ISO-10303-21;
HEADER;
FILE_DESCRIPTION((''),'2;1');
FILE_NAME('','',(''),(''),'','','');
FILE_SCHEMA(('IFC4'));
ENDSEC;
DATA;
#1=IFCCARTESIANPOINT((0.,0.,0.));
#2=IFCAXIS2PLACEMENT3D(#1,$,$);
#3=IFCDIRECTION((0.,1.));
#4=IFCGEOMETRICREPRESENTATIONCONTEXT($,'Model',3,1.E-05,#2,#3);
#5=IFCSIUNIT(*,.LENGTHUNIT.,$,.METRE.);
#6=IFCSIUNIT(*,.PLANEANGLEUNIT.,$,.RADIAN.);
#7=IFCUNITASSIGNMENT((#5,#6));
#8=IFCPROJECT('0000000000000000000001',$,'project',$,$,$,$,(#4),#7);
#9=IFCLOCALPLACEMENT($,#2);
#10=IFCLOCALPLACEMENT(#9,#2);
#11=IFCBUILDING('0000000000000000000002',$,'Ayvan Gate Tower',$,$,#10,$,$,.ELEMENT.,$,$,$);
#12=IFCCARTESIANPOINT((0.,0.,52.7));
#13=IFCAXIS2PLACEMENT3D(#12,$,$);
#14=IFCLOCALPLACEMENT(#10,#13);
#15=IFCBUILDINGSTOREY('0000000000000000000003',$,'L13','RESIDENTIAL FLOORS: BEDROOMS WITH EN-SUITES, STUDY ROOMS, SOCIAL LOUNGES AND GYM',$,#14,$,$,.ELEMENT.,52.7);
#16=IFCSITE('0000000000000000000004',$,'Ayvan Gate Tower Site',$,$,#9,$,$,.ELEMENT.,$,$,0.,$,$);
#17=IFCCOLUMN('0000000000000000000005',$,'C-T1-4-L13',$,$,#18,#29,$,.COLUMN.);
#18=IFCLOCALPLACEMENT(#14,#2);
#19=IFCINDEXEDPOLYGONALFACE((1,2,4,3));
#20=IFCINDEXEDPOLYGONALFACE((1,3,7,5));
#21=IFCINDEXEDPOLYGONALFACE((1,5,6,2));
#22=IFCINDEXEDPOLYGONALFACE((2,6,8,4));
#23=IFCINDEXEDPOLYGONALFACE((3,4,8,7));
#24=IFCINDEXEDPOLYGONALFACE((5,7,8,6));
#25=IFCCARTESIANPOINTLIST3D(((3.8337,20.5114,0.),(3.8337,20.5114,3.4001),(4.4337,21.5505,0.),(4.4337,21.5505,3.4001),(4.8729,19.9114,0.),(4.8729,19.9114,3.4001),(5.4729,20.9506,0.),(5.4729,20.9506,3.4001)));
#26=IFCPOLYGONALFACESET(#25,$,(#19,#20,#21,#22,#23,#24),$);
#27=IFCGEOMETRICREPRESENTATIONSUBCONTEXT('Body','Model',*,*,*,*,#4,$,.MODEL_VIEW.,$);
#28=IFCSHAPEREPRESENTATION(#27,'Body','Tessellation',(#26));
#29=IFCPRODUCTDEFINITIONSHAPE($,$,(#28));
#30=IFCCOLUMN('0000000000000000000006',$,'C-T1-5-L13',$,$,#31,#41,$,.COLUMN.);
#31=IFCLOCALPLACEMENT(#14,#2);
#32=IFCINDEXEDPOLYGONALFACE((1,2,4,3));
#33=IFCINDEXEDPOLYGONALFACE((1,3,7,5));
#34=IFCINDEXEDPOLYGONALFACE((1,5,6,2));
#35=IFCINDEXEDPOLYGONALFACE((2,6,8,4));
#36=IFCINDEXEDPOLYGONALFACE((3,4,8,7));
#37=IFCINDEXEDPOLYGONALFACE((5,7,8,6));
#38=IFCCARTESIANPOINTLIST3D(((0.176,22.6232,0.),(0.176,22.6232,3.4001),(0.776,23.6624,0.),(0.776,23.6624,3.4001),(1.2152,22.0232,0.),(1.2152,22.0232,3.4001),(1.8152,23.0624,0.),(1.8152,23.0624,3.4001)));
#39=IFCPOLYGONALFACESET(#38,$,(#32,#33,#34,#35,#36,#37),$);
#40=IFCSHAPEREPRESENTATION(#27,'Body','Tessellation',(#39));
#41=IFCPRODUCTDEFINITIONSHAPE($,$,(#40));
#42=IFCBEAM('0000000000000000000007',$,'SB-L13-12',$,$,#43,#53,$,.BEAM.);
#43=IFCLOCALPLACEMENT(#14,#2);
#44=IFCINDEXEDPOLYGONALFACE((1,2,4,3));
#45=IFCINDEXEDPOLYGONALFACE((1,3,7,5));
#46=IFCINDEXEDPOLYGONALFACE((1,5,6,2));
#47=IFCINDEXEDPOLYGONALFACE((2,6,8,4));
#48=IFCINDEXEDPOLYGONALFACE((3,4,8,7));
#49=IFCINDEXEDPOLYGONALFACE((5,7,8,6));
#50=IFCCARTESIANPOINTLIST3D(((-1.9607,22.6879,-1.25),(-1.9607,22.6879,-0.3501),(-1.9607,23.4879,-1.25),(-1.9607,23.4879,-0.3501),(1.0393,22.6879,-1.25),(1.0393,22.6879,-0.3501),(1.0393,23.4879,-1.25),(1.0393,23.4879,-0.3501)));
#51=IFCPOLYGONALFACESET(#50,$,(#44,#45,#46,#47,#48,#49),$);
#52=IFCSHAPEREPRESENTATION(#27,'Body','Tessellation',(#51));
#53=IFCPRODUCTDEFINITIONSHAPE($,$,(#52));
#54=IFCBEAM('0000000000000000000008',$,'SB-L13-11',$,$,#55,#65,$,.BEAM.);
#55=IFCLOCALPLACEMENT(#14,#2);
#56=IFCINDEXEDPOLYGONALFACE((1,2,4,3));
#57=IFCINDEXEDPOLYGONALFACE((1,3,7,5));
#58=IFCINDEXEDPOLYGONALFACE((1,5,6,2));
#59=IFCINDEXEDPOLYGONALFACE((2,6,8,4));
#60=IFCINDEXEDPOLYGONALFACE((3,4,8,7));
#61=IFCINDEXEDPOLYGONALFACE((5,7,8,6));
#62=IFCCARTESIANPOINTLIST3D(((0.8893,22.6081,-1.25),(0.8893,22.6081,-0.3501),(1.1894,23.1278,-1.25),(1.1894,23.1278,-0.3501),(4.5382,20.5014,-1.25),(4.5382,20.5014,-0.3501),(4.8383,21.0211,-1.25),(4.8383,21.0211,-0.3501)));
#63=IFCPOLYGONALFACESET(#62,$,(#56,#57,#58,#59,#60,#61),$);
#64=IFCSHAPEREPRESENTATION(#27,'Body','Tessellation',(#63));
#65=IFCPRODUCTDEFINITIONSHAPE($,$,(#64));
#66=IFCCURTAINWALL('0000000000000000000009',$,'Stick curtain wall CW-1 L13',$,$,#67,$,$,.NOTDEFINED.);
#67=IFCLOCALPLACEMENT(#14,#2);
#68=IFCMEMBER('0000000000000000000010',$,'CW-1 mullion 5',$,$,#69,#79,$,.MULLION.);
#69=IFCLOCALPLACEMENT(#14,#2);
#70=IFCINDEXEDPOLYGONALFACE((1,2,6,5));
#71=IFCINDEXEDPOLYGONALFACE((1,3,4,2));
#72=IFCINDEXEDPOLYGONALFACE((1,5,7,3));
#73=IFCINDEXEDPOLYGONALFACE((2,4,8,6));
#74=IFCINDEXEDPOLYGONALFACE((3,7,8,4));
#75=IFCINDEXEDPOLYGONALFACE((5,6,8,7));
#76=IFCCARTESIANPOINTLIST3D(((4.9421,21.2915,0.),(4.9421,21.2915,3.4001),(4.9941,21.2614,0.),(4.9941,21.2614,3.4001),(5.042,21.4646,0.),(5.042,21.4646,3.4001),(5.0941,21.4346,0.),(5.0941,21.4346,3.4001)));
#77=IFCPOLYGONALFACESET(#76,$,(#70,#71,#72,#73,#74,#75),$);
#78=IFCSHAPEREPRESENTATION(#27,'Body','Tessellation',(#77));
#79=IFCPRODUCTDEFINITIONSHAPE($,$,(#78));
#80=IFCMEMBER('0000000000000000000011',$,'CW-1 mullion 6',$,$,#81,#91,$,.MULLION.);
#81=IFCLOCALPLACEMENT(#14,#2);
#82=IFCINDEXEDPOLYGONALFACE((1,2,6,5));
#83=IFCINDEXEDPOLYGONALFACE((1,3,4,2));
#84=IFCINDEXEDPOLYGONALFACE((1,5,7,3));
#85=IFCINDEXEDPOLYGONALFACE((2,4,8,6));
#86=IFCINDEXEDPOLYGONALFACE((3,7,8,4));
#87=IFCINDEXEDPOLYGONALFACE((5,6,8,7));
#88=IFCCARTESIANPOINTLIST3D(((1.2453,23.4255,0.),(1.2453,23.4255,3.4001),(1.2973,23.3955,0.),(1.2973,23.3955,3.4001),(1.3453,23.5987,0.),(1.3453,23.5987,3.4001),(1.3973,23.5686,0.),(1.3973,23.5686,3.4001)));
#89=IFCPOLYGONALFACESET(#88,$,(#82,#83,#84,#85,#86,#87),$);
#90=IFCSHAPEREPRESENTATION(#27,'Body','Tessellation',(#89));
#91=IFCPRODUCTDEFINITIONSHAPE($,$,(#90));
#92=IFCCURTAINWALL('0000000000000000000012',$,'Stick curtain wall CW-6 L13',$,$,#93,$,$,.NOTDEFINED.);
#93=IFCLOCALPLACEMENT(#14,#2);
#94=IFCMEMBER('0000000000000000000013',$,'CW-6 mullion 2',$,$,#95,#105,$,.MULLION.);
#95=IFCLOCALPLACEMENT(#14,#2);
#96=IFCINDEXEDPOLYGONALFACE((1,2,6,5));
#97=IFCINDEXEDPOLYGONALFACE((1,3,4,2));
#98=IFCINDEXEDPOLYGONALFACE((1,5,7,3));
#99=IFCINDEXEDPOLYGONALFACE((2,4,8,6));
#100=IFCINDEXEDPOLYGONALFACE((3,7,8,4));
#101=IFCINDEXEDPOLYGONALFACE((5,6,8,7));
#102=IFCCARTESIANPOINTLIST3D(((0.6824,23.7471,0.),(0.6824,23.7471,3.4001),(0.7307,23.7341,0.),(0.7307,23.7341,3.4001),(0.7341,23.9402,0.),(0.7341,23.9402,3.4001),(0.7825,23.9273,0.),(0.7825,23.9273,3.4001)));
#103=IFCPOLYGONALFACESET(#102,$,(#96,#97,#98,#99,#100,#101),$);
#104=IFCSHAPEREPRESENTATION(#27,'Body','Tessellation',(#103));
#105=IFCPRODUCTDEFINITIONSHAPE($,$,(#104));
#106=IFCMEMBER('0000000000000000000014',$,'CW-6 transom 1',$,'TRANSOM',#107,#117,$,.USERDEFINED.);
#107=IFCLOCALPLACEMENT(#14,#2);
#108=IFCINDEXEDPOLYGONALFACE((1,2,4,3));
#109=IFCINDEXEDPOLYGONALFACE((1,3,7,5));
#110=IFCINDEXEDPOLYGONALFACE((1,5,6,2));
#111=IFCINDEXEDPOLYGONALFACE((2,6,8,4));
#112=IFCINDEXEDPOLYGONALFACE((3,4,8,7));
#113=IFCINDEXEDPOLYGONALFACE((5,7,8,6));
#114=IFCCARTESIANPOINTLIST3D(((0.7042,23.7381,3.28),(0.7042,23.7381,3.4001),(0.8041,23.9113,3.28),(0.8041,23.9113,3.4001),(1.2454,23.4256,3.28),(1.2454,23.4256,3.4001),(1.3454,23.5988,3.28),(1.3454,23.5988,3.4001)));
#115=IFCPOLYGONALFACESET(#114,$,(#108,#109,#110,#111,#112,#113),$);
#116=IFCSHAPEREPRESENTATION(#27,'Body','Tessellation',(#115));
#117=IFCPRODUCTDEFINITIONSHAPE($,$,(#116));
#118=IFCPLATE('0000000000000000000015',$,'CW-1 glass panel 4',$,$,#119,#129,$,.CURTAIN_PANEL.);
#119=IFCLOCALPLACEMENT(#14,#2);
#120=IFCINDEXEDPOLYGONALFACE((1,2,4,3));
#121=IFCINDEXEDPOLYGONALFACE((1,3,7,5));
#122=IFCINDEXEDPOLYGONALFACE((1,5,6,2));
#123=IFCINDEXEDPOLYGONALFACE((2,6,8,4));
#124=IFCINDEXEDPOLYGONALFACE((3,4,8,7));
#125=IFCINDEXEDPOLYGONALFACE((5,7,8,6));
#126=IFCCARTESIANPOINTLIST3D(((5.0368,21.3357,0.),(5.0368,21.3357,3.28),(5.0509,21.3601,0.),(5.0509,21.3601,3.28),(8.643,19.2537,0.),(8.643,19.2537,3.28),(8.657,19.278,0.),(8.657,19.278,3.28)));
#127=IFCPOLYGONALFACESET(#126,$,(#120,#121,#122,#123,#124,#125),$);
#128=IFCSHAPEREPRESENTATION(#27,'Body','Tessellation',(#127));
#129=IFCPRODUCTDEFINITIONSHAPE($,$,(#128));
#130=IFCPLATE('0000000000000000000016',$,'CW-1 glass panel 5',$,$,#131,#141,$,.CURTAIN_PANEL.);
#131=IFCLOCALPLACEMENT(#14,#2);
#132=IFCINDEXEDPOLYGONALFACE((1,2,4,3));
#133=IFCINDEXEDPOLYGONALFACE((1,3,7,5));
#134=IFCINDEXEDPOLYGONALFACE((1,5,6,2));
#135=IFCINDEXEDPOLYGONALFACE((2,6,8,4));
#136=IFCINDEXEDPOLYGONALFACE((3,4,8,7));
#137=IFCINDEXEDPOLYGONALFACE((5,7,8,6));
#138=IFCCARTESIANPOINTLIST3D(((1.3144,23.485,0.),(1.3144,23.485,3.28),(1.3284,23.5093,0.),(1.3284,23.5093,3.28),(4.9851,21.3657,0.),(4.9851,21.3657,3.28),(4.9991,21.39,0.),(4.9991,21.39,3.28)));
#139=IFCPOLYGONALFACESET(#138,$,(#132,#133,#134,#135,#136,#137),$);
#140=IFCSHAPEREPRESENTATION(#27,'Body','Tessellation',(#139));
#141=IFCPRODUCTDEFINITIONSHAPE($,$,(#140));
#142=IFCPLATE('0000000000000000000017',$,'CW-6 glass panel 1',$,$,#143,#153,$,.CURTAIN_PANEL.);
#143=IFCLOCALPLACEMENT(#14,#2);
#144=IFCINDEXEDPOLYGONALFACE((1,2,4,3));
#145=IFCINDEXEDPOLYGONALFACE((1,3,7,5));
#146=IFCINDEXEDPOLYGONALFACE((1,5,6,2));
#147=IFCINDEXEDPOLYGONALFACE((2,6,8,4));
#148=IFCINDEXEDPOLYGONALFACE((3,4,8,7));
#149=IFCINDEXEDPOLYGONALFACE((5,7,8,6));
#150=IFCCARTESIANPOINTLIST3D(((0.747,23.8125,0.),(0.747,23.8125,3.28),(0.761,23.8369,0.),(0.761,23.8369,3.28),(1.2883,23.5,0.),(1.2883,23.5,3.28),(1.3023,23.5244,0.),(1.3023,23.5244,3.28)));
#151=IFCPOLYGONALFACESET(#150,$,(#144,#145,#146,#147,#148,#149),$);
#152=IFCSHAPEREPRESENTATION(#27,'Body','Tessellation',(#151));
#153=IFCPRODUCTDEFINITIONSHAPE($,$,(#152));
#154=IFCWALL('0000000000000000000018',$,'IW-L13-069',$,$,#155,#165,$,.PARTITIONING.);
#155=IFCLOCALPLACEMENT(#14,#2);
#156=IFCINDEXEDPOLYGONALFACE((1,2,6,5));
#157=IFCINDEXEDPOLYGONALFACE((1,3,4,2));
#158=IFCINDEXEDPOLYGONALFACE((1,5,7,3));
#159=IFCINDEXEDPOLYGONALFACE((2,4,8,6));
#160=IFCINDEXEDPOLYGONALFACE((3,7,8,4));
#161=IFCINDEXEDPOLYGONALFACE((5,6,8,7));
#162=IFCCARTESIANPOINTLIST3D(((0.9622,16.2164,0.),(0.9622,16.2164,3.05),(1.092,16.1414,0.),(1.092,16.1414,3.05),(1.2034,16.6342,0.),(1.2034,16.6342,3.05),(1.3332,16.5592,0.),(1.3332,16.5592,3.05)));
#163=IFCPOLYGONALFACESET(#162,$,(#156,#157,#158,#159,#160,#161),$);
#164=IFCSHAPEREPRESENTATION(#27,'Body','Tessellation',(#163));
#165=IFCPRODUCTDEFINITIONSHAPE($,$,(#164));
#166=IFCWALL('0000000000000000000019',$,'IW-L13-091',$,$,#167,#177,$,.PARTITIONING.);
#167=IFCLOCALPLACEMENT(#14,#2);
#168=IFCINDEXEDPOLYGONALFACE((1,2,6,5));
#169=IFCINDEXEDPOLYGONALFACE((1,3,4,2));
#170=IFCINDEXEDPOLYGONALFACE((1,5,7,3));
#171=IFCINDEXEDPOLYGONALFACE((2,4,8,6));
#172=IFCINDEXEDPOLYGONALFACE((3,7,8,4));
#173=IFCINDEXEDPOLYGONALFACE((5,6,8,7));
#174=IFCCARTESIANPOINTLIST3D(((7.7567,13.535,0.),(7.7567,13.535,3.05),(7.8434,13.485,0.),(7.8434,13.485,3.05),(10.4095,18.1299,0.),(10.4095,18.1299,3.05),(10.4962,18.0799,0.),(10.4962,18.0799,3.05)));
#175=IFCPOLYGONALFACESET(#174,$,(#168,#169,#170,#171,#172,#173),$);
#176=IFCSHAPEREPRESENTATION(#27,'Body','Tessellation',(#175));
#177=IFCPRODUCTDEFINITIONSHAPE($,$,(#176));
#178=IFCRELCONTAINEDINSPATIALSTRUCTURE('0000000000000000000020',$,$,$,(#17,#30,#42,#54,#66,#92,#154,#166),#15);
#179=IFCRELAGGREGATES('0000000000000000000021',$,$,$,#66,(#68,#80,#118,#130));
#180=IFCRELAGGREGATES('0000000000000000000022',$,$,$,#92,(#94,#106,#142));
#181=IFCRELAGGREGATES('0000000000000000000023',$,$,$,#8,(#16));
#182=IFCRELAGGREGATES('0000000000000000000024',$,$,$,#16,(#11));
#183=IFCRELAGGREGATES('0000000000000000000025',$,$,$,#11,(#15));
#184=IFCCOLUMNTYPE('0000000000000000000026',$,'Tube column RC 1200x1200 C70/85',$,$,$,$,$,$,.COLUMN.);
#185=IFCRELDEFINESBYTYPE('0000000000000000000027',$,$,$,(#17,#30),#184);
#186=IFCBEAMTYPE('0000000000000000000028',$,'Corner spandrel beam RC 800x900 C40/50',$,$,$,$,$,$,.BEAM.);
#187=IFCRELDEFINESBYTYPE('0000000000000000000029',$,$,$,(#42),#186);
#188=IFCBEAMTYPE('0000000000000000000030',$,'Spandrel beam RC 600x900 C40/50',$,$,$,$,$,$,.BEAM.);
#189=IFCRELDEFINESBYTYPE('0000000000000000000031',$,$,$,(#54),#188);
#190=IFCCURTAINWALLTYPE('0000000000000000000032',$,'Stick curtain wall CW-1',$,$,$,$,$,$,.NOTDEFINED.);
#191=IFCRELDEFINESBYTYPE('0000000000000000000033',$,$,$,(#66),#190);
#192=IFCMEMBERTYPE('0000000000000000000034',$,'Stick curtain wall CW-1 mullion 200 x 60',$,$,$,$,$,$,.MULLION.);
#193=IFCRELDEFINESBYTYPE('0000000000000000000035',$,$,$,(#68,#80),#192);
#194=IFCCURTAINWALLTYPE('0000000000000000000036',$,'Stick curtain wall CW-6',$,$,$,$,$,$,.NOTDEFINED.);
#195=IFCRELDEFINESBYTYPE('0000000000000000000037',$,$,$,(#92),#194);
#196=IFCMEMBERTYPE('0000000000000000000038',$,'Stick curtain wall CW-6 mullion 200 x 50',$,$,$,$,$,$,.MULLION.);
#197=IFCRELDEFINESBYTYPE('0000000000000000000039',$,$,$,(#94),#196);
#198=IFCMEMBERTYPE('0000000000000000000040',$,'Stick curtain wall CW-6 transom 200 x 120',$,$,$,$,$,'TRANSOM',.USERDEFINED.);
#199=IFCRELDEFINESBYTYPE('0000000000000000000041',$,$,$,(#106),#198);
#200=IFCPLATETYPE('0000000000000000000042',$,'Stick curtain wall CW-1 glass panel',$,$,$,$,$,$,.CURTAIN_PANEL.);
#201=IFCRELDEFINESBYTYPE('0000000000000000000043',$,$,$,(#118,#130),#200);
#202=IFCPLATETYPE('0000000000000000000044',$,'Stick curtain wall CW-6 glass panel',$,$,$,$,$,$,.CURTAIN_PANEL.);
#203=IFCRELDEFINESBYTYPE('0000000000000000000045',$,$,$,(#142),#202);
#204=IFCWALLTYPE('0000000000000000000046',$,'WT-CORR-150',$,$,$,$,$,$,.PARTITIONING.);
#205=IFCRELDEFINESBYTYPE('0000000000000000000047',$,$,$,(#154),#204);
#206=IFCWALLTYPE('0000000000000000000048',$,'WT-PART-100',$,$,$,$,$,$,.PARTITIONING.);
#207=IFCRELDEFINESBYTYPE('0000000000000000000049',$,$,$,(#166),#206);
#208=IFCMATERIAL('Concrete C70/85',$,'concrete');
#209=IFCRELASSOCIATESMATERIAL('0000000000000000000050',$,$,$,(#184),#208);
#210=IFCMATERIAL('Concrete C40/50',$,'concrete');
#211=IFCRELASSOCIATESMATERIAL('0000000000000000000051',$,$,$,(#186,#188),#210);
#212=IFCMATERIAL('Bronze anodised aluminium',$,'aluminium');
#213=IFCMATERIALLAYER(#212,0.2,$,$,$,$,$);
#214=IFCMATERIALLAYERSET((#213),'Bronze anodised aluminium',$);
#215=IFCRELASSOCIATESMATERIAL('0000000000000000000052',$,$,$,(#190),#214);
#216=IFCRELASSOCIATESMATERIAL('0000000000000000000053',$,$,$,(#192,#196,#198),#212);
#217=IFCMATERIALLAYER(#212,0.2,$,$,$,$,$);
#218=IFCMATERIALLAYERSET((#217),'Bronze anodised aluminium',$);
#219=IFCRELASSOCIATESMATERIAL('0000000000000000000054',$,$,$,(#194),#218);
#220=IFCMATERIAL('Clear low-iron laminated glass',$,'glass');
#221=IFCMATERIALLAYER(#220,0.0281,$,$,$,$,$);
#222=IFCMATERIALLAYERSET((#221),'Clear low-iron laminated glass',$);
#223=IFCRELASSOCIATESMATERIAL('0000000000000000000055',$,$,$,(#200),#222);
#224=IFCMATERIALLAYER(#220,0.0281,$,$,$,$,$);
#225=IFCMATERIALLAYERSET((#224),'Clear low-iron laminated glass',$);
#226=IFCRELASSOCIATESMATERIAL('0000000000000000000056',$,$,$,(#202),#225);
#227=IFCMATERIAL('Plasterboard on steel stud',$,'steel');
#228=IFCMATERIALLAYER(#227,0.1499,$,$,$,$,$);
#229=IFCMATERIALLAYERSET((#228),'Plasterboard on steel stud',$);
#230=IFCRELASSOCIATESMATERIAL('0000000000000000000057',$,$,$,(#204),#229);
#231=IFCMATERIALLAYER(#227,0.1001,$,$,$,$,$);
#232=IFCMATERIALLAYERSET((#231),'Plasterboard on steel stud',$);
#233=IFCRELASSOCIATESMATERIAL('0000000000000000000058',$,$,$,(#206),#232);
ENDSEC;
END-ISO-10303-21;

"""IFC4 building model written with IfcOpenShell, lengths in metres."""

from ifc_helpers import new_model, si_unit, direction, frame, frame_2d, origin, origin_2d, place, context, subcontext, project, spatial, rectangle, extrude, material, layer, layer_set, material_profile, profile_set, type_object, element, aggregate, save


model = new_model("IFC4")

# Units and contexts
model_context = context("Model", 3, precision=1e-05, world=origin(), true_north=direction((0.0, 1.0)))
body_context = subcontext(model_context, "Body", "Model", "MODEL_VIEW")
ifc_project = project(units=[si_unit("LENGTHUNIT", "METRE"), si_unit("PLANEANGLEUNIT", "RADIAN")], contexts=[model_context])

# Site, building, storey
site_placement = place(None, origin())
site = spatial("IfcSite", under=ifc_project, at=site_placement, Name="Ayvan Gate Tower Site", CompositionType="ELEMENT", RefElevation=0.0)
building_placement = place(site_placement, origin())
building = spatial("IfcBuilding", under=site, at=building_placement, Name="Ayvan Gate Tower", CompositionType="ELEMENT")
storey_placement = place(building_placement, frame((0.0, 0.0, 52.7)))
storey = spatial("IfcBuildingStorey", under=building, at=storey_placement, Name="L13", Description="RESIDENTIAL FLOORS: BEDROOMS WITH EN-SUITES, STUDY ROOMS, SOCIAL LOUNGES AND GYM", CompositionType="ELEMENT", Elevation=52.7)

# Columns
ifc_material_1 = material(Name="Concrete C70/85", Category="concrete")
ifc_material_profile_1 = material_profile(ifc_material_1, rectangle(XDim=1.2, YDim=1.2, at=origin_2d()), Name="RC 1200x1200")
ifc_profile_set_1 = profile_set([ifc_material_profile_1], Name="Concrete C70/85")
column_type = type_object("IfcColumnType", Name="Tube column RC 1200x1200 C70/85", PredefinedType="COLUMN", material=ifc_profile_set_1)
for number, where, z_axis, x_axis, name in (
    (1, (4.6533, 20.731, 0.0), (0.0, 0.0, 1.0), (0.5, 0.866025, 0.0), "C-T1-4-L13"),
    (2, (0.9956, 22.8428, 0.0), (0.0, 0.0, 1.0), (0.5, 0.866025, 0.0), "C-T1-5-L13"),
):
    element("IfcColumn", number, at=place(storey_placement, frame(where, z_axis=z_axis, x_axis=x_axis)), inside=storey, type_object=column_type, Name=name, PredefinedType="COLUMN", context=body_context, shape_type="SweptSolid", body=[
        extrude(rectangle(XDim=1.2, YDim=1.2, at=origin_2d()), origin(), (0.0, 0.0, 1.0), 3.4001),
    ])

# Beams
ifc_material_2 = material(Name="Concrete C40/50", Category="concrete")
ifc_material_profile_2 = material_profile(ifc_material_2, rectangle(XDim=0.8, YDim=0.8999, at=origin_2d()), Name="RC 800x900")
ifc_profile_set_2 = profile_set([ifc_material_profile_2], Name="Concrete C40/50")
beam_type_1 = type_object("IfcBeamType", Name="Corner spandrel beam RC 800x900 C40/50", PredefinedType="BEAM", material=ifc_profile_set_2)
beam_1_placement = place(storey_placement, frame((1.0393, 23.0879, -0.8), z_axis=(-1.0, 0.0, 0.0), x_axis=(0.0, -1.0, 0.0)))
element("IfcBeam", 3, at=beam_1_placement, inside=storey, type_object=beam_type_1, Name="SB-L13-12", PredefinedType="BEAM", context=body_context, shape_type="SweptSolid", body=[
    extrude(rectangle(XDim=0.8, YDim=0.8999, at=origin_2d()), origin(), (0.0, 0.0, 1.0), 3.0),
])
ifc_material_profile_3 = material_profile(ifc_material_2, rectangle(XDim=0.6001, YDim=0.8999, at=origin_2d()), Name="RC 600x900")
ifc_profile_set_3 = profile_set([ifc_material_profile_3], Name="Concrete C40/50")
beam_type_2 = type_object("IfcBeamType", Name="Spandrel beam RC 600x900 C40/50", PredefinedType="BEAM", material=ifc_profile_set_3)
beam_2_placement = place(storey_placement, frame((4.6882, 20.7612, -0.8), z_axis=(-0.866027, 0.499997, 0.0), x_axis=(-0.499997, -0.866027, 0.0)))
element("IfcBeam", 4, at=beam_2_placement, inside=storey, type_object=beam_type_2, Name="SB-L13-11", PredefinedType="BEAM", context=body_context, shape_type="SweptSolid", body=[
    extrude(rectangle(XDim=0.6001, YDim=0.8999, at=origin_2d()), origin(), (0.0, 0.0, 1.0), 4.2134),
])

# Curtain walls, members
ifc_material_3 = material(Name="Bronze anodised aluminium", Category="aluminium")
ifc_layer_1 = layer(ifc_material_3, 0.2)
ifc_layer_set_1 = layer_set([ifc_layer_1], Name="Bronze anodised aluminium")
curtain_wall_type_1 = type_object("IfcCurtainWallType", Name="Stick curtain wall CW-1", PredefinedType="NOTDEFINED", material=ifc_layer_set_1)
curtain_wall_1_placement = place(storey_placement, origin())
curtain_wall_1 = element("IfcCurtainWall", 5, at=curtain_wall_1_placement, inside=storey, type_object=curtain_wall_type_1, Name="Stick curtain wall CW-1 L13", PredefinedType="NOTDEFINED")
ifc_material_profile_4 = material_profile(ifc_material_3, rectangle(XDim=0.2, YDim=0.0601, at=origin_2d()), Name="Stick curtain wall CW-1 mullion 200 x 60")
ifc_profile_set_4 = profile_set([ifc_material_profile_4], Name="Bronze anodised aluminium")
member_type_1 = type_object("IfcMemberType", Name="Stick curtain wall CW-1 mullion 200 x 60", PredefinedType="MULLION", material=ifc_profile_set_4)
member_1_placement = place(storey_placement, frame((5.0181, 21.363, 0.0), z_axis=(0.0, 0.0, 1.0), x_axis=(0.5, 0.866025, 0.0)))
member_1 = element("IfcMember", 6, at=member_1_placement, type_object=member_type_1, Name="CW-1 mullion 5", PredefinedType="MULLION", context=body_context, shape_type="SweptSolid", body=[
    extrude(rectangle(XDim=0.2, YDim=0.0601, at=origin_2d()), origin(), (0.0, 0.0, 1.0), 3.4001),
])
member_2_placement = place(storey_placement, frame((1.3213, 23.4971, 0.0), z_axis=(0.0, 0.0, 1.0), x_axis=(0.5, 0.866025, 0.0)))
member_2 = element("IfcMember", 7, at=member_2_placement, type_object=member_type_1, Name="CW-1 mullion 6", PredefinedType="MULLION", context=body_context, shape_type="SweptSolid", body=[
    extrude(rectangle(XDim=0.2, YDim=0.0601, at=origin_2d()), origin(), (0.0, 0.0, 1.0), 3.4001),
])
ifc_layer_2 = layer(ifc_material_3, 0.2)
ifc_layer_set_2 = layer_set([ifc_layer_2], Name="Bronze anodised aluminium")
curtain_wall_type_2 = type_object("IfcCurtainWallType", Name="Stick curtain wall CW-6", PredefinedType="NOTDEFINED", material=ifc_layer_set_2)
curtain_wall_2_placement = place(storey_placement, origin())
curtain_wall_2 = element("IfcCurtainWall", 8, at=curtain_wall_2_placement, inside=storey, type_object=curtain_wall_type_2, Name="Stick curtain wall CW-6 L13", PredefinedType="NOTDEFINED")
ifc_material_profile_5 = material_profile(ifc_material_3, rectangle(XDim=0.2, YDim=0.05, at=origin_2d()), Name="Stick curtain wall CW-6 mullion 200 x 50")
ifc_profile_set_5 = profile_set([ifc_material_profile_5], Name="Bronze anodised aluminium")
member_type_2 = type_object("IfcMemberType", Name="Stick curtain wall CW-6 mullion 200 x 50", PredefinedType="MULLION", material=ifc_profile_set_5)
member_3_placement = place(storey_placement, frame((0.7324, 23.8372, 0.0), z_axis=(0.0, 0.0, 1.0), x_axis=(0.258819, 0.965926, 0.0)))
member_3 = element("IfcMember", 9, at=member_3_placement, type_object=member_type_2, Name="CW-6 mullion 2", PredefinedType="MULLION", context=body_context, shape_type="SweptSolid", body=[
    extrude(rectangle(XDim=0.2, YDim=0.05, at=origin_2d()), origin(), (0.0, 0.0, 1.0), 3.4001),
])
ifc_material_profile_6 = material_profile(ifc_material_3, rectangle(XDim=0.2, YDim=0.1201, at=origin_2d()), Name="Stick curtain wall CW-6 transom 200 x 120")
ifc_profile_set_6 = profile_set([ifc_material_profile_6], Name="Bronze anodised aluminium")
member_type_3 = type_object("IfcMemberType", Name="Stick curtain wall CW-6 transom 200 x 120", ElementType="TRANSOM", PredefinedType="USERDEFINED", material=ifc_profile_set_6)
member_4_placement = place(storey_placement, frame((1.2954, 23.5122, 3.3401), z_axis=(-0.866023, 0.500004, 0.0), x_axis=(-0.500004, -0.866023, 0.0)))
member_4 = element("IfcMember", 10, at=member_4_placement, type_object=member_type_3, Name="CW-6 transom 1", ObjectType="TRANSOM", PredefinedType="USERDEFINED", context=body_context, shape_type="SweptSolid", body=[
    extrude(rectangle(XDim=0.2, YDim=0.1201, at=origin_2d()), origin(), (0.0, 0.0, 1.0), 0.625),
])

# Plates
ifc_material_4 = material(Name="Clear low-iron laminated glass", Category="glass")
ifc_layer_3 = layer(ifc_material_4, 0.0281)
ifc_layer_set_3 = layer_set([ifc_layer_3], Name="Clear low-iron laminated glass")
plate_type_1 = type_object("IfcPlateType", Name="Stick curtain wall CW-1 glass panel", PredefinedType="CURTAIN_PANEL", material=ifc_layer_set_3)
plate_1_placement = place(storey_placement, frame((6.8469, 20.3069, 0.0), z_axis=(0.0, 0.0, 1.0), x_axis=(-0.866025, 0.5, 0.0)))
plate_1 = element("IfcPlate", 11, at=plate_1_placement, type_object=plate_type_1, Name="CW-1 glass panel 4", PredefinedType="CURTAIN_PANEL", context=body_context, shape_type="SweptSolid", body=[
    extrude(rectangle(XDim=4.1641, YDim=0.0281, at=origin_2d()), origin(), (0.0, 0.0, 1.0), 3.28),
])
plate_2_placement = place(storey_placement, frame((3.1567, 22.4375, 0.0), z_axis=(0.0, 0.0, 1.0), x_axis=(-0.866025, 0.5, 0.0)))
plate_2 = element("IfcPlate", 12, at=plate_2_placement, type_object=plate_type_1, Name="CW-1 glass panel 5", PredefinedType="CURTAIN_PANEL", context=body_context, shape_type="SweptSolid", body=[
    extrude(rectangle(XDim=4.2385, YDim=0.0281, at=origin_2d()), origin(), (0.0, 0.0, 1.0), 3.28),
])
aggregate(curtain_wall_1, [member_1, member_2, plate_1, plate_2])
ifc_layer_4 = layer(ifc_material_4, 0.0281)
ifc_layer_set_4 = layer_set([ifc_layer_4], Name="Clear low-iron laminated glass")
plate_type_2 = type_object("IfcPlateType", Name="Stick curtain wall CW-6 glass panel", PredefinedType="CURTAIN_PANEL", material=ifc_layer_set_4)
plate_3_placement = place(storey_placement, frame((1.0247, 23.6685, 0.0), z_axis=(0.0, 0.0, 1.0), x_axis=(-0.866025, 0.5, 0.0)))
plate_3 = element("IfcPlate", 13, at=plate_3_placement, type_object=plate_type_2, Name="CW-6 glass panel 1", PredefinedType="CURTAIN_PANEL", context=body_context, shape_type="SweptSolid", body=[
    extrude(rectangle(XDim=0.625, YDim=0.0281, at=origin_2d()), origin(), (0.0, 0.0, 1.0), 3.28),
])
aggregate(curtain_wall_2, [member_3, member_4, plate_3])

# Walls
ifc_material_5 = material(Name="Plasterboard on steel stud", Category="steel")
ifc_layer_5 = layer(ifc_material_5, 0.1499)
ifc_layer_set_5 = layer_set([ifc_layer_5], Name="Plasterboard on steel stud")
wall_type_1 = type_object("IfcWallType", Name="WT-CORR-150", PredefinedType="PARTITIONING", material=ifc_layer_set_5)
wall_1_placement = place(storey_placement, frame((1.2683, 16.5967, 0.0), z_axis=(0.0, 0.0, 1.0), x_axis=(-0.500058, -0.865992, 0.0)))
element("IfcWall", 14, at=wall_1_placement, inside=storey, type_object=wall_type_1, Name="IW-L13-069", PredefinedType="PARTITIONING", context=body_context, shape_type="SweptSolid", body=[
    extrude(rectangle(XDim=0.4824, YDim=0.1499, at=frame_2d((0.2412, 0.0))), origin(), (0.0, 0.0, 1.0), 3.05),
])
ifc_layer_6 = layer(ifc_material_5, 0.1001)
ifc_layer_set_6 = layer_set([ifc_layer_6], Name="Plasterboard on steel stud")
wall_type_2 = type_object("IfcWallType", Name="WT-PART-100", PredefinedType="PARTITIONING", material=ifc_layer_set_6)
wall_2_placement = place(storey_placement, frame((7.8, 13.51, 0.0), z_axis=(0.0, 0.0, 1.0), x_axis=(0.499989, 0.866032, 0.0)))
element("IfcWall", 15, at=wall_2_placement, inside=storey, type_object=wall_type_2, Name="IW-L13-091", PredefinedType="PARTITIONING", context=body_context, shape_type="SweptSolid", body=[
    extrude(rectangle(XDim=5.3057, YDim=0.1001, at=frame_2d((2.6528, 0.0))), origin(), (0.0, 0.0, 1.0), 3.05),
])

save(model, "model.ifc")
